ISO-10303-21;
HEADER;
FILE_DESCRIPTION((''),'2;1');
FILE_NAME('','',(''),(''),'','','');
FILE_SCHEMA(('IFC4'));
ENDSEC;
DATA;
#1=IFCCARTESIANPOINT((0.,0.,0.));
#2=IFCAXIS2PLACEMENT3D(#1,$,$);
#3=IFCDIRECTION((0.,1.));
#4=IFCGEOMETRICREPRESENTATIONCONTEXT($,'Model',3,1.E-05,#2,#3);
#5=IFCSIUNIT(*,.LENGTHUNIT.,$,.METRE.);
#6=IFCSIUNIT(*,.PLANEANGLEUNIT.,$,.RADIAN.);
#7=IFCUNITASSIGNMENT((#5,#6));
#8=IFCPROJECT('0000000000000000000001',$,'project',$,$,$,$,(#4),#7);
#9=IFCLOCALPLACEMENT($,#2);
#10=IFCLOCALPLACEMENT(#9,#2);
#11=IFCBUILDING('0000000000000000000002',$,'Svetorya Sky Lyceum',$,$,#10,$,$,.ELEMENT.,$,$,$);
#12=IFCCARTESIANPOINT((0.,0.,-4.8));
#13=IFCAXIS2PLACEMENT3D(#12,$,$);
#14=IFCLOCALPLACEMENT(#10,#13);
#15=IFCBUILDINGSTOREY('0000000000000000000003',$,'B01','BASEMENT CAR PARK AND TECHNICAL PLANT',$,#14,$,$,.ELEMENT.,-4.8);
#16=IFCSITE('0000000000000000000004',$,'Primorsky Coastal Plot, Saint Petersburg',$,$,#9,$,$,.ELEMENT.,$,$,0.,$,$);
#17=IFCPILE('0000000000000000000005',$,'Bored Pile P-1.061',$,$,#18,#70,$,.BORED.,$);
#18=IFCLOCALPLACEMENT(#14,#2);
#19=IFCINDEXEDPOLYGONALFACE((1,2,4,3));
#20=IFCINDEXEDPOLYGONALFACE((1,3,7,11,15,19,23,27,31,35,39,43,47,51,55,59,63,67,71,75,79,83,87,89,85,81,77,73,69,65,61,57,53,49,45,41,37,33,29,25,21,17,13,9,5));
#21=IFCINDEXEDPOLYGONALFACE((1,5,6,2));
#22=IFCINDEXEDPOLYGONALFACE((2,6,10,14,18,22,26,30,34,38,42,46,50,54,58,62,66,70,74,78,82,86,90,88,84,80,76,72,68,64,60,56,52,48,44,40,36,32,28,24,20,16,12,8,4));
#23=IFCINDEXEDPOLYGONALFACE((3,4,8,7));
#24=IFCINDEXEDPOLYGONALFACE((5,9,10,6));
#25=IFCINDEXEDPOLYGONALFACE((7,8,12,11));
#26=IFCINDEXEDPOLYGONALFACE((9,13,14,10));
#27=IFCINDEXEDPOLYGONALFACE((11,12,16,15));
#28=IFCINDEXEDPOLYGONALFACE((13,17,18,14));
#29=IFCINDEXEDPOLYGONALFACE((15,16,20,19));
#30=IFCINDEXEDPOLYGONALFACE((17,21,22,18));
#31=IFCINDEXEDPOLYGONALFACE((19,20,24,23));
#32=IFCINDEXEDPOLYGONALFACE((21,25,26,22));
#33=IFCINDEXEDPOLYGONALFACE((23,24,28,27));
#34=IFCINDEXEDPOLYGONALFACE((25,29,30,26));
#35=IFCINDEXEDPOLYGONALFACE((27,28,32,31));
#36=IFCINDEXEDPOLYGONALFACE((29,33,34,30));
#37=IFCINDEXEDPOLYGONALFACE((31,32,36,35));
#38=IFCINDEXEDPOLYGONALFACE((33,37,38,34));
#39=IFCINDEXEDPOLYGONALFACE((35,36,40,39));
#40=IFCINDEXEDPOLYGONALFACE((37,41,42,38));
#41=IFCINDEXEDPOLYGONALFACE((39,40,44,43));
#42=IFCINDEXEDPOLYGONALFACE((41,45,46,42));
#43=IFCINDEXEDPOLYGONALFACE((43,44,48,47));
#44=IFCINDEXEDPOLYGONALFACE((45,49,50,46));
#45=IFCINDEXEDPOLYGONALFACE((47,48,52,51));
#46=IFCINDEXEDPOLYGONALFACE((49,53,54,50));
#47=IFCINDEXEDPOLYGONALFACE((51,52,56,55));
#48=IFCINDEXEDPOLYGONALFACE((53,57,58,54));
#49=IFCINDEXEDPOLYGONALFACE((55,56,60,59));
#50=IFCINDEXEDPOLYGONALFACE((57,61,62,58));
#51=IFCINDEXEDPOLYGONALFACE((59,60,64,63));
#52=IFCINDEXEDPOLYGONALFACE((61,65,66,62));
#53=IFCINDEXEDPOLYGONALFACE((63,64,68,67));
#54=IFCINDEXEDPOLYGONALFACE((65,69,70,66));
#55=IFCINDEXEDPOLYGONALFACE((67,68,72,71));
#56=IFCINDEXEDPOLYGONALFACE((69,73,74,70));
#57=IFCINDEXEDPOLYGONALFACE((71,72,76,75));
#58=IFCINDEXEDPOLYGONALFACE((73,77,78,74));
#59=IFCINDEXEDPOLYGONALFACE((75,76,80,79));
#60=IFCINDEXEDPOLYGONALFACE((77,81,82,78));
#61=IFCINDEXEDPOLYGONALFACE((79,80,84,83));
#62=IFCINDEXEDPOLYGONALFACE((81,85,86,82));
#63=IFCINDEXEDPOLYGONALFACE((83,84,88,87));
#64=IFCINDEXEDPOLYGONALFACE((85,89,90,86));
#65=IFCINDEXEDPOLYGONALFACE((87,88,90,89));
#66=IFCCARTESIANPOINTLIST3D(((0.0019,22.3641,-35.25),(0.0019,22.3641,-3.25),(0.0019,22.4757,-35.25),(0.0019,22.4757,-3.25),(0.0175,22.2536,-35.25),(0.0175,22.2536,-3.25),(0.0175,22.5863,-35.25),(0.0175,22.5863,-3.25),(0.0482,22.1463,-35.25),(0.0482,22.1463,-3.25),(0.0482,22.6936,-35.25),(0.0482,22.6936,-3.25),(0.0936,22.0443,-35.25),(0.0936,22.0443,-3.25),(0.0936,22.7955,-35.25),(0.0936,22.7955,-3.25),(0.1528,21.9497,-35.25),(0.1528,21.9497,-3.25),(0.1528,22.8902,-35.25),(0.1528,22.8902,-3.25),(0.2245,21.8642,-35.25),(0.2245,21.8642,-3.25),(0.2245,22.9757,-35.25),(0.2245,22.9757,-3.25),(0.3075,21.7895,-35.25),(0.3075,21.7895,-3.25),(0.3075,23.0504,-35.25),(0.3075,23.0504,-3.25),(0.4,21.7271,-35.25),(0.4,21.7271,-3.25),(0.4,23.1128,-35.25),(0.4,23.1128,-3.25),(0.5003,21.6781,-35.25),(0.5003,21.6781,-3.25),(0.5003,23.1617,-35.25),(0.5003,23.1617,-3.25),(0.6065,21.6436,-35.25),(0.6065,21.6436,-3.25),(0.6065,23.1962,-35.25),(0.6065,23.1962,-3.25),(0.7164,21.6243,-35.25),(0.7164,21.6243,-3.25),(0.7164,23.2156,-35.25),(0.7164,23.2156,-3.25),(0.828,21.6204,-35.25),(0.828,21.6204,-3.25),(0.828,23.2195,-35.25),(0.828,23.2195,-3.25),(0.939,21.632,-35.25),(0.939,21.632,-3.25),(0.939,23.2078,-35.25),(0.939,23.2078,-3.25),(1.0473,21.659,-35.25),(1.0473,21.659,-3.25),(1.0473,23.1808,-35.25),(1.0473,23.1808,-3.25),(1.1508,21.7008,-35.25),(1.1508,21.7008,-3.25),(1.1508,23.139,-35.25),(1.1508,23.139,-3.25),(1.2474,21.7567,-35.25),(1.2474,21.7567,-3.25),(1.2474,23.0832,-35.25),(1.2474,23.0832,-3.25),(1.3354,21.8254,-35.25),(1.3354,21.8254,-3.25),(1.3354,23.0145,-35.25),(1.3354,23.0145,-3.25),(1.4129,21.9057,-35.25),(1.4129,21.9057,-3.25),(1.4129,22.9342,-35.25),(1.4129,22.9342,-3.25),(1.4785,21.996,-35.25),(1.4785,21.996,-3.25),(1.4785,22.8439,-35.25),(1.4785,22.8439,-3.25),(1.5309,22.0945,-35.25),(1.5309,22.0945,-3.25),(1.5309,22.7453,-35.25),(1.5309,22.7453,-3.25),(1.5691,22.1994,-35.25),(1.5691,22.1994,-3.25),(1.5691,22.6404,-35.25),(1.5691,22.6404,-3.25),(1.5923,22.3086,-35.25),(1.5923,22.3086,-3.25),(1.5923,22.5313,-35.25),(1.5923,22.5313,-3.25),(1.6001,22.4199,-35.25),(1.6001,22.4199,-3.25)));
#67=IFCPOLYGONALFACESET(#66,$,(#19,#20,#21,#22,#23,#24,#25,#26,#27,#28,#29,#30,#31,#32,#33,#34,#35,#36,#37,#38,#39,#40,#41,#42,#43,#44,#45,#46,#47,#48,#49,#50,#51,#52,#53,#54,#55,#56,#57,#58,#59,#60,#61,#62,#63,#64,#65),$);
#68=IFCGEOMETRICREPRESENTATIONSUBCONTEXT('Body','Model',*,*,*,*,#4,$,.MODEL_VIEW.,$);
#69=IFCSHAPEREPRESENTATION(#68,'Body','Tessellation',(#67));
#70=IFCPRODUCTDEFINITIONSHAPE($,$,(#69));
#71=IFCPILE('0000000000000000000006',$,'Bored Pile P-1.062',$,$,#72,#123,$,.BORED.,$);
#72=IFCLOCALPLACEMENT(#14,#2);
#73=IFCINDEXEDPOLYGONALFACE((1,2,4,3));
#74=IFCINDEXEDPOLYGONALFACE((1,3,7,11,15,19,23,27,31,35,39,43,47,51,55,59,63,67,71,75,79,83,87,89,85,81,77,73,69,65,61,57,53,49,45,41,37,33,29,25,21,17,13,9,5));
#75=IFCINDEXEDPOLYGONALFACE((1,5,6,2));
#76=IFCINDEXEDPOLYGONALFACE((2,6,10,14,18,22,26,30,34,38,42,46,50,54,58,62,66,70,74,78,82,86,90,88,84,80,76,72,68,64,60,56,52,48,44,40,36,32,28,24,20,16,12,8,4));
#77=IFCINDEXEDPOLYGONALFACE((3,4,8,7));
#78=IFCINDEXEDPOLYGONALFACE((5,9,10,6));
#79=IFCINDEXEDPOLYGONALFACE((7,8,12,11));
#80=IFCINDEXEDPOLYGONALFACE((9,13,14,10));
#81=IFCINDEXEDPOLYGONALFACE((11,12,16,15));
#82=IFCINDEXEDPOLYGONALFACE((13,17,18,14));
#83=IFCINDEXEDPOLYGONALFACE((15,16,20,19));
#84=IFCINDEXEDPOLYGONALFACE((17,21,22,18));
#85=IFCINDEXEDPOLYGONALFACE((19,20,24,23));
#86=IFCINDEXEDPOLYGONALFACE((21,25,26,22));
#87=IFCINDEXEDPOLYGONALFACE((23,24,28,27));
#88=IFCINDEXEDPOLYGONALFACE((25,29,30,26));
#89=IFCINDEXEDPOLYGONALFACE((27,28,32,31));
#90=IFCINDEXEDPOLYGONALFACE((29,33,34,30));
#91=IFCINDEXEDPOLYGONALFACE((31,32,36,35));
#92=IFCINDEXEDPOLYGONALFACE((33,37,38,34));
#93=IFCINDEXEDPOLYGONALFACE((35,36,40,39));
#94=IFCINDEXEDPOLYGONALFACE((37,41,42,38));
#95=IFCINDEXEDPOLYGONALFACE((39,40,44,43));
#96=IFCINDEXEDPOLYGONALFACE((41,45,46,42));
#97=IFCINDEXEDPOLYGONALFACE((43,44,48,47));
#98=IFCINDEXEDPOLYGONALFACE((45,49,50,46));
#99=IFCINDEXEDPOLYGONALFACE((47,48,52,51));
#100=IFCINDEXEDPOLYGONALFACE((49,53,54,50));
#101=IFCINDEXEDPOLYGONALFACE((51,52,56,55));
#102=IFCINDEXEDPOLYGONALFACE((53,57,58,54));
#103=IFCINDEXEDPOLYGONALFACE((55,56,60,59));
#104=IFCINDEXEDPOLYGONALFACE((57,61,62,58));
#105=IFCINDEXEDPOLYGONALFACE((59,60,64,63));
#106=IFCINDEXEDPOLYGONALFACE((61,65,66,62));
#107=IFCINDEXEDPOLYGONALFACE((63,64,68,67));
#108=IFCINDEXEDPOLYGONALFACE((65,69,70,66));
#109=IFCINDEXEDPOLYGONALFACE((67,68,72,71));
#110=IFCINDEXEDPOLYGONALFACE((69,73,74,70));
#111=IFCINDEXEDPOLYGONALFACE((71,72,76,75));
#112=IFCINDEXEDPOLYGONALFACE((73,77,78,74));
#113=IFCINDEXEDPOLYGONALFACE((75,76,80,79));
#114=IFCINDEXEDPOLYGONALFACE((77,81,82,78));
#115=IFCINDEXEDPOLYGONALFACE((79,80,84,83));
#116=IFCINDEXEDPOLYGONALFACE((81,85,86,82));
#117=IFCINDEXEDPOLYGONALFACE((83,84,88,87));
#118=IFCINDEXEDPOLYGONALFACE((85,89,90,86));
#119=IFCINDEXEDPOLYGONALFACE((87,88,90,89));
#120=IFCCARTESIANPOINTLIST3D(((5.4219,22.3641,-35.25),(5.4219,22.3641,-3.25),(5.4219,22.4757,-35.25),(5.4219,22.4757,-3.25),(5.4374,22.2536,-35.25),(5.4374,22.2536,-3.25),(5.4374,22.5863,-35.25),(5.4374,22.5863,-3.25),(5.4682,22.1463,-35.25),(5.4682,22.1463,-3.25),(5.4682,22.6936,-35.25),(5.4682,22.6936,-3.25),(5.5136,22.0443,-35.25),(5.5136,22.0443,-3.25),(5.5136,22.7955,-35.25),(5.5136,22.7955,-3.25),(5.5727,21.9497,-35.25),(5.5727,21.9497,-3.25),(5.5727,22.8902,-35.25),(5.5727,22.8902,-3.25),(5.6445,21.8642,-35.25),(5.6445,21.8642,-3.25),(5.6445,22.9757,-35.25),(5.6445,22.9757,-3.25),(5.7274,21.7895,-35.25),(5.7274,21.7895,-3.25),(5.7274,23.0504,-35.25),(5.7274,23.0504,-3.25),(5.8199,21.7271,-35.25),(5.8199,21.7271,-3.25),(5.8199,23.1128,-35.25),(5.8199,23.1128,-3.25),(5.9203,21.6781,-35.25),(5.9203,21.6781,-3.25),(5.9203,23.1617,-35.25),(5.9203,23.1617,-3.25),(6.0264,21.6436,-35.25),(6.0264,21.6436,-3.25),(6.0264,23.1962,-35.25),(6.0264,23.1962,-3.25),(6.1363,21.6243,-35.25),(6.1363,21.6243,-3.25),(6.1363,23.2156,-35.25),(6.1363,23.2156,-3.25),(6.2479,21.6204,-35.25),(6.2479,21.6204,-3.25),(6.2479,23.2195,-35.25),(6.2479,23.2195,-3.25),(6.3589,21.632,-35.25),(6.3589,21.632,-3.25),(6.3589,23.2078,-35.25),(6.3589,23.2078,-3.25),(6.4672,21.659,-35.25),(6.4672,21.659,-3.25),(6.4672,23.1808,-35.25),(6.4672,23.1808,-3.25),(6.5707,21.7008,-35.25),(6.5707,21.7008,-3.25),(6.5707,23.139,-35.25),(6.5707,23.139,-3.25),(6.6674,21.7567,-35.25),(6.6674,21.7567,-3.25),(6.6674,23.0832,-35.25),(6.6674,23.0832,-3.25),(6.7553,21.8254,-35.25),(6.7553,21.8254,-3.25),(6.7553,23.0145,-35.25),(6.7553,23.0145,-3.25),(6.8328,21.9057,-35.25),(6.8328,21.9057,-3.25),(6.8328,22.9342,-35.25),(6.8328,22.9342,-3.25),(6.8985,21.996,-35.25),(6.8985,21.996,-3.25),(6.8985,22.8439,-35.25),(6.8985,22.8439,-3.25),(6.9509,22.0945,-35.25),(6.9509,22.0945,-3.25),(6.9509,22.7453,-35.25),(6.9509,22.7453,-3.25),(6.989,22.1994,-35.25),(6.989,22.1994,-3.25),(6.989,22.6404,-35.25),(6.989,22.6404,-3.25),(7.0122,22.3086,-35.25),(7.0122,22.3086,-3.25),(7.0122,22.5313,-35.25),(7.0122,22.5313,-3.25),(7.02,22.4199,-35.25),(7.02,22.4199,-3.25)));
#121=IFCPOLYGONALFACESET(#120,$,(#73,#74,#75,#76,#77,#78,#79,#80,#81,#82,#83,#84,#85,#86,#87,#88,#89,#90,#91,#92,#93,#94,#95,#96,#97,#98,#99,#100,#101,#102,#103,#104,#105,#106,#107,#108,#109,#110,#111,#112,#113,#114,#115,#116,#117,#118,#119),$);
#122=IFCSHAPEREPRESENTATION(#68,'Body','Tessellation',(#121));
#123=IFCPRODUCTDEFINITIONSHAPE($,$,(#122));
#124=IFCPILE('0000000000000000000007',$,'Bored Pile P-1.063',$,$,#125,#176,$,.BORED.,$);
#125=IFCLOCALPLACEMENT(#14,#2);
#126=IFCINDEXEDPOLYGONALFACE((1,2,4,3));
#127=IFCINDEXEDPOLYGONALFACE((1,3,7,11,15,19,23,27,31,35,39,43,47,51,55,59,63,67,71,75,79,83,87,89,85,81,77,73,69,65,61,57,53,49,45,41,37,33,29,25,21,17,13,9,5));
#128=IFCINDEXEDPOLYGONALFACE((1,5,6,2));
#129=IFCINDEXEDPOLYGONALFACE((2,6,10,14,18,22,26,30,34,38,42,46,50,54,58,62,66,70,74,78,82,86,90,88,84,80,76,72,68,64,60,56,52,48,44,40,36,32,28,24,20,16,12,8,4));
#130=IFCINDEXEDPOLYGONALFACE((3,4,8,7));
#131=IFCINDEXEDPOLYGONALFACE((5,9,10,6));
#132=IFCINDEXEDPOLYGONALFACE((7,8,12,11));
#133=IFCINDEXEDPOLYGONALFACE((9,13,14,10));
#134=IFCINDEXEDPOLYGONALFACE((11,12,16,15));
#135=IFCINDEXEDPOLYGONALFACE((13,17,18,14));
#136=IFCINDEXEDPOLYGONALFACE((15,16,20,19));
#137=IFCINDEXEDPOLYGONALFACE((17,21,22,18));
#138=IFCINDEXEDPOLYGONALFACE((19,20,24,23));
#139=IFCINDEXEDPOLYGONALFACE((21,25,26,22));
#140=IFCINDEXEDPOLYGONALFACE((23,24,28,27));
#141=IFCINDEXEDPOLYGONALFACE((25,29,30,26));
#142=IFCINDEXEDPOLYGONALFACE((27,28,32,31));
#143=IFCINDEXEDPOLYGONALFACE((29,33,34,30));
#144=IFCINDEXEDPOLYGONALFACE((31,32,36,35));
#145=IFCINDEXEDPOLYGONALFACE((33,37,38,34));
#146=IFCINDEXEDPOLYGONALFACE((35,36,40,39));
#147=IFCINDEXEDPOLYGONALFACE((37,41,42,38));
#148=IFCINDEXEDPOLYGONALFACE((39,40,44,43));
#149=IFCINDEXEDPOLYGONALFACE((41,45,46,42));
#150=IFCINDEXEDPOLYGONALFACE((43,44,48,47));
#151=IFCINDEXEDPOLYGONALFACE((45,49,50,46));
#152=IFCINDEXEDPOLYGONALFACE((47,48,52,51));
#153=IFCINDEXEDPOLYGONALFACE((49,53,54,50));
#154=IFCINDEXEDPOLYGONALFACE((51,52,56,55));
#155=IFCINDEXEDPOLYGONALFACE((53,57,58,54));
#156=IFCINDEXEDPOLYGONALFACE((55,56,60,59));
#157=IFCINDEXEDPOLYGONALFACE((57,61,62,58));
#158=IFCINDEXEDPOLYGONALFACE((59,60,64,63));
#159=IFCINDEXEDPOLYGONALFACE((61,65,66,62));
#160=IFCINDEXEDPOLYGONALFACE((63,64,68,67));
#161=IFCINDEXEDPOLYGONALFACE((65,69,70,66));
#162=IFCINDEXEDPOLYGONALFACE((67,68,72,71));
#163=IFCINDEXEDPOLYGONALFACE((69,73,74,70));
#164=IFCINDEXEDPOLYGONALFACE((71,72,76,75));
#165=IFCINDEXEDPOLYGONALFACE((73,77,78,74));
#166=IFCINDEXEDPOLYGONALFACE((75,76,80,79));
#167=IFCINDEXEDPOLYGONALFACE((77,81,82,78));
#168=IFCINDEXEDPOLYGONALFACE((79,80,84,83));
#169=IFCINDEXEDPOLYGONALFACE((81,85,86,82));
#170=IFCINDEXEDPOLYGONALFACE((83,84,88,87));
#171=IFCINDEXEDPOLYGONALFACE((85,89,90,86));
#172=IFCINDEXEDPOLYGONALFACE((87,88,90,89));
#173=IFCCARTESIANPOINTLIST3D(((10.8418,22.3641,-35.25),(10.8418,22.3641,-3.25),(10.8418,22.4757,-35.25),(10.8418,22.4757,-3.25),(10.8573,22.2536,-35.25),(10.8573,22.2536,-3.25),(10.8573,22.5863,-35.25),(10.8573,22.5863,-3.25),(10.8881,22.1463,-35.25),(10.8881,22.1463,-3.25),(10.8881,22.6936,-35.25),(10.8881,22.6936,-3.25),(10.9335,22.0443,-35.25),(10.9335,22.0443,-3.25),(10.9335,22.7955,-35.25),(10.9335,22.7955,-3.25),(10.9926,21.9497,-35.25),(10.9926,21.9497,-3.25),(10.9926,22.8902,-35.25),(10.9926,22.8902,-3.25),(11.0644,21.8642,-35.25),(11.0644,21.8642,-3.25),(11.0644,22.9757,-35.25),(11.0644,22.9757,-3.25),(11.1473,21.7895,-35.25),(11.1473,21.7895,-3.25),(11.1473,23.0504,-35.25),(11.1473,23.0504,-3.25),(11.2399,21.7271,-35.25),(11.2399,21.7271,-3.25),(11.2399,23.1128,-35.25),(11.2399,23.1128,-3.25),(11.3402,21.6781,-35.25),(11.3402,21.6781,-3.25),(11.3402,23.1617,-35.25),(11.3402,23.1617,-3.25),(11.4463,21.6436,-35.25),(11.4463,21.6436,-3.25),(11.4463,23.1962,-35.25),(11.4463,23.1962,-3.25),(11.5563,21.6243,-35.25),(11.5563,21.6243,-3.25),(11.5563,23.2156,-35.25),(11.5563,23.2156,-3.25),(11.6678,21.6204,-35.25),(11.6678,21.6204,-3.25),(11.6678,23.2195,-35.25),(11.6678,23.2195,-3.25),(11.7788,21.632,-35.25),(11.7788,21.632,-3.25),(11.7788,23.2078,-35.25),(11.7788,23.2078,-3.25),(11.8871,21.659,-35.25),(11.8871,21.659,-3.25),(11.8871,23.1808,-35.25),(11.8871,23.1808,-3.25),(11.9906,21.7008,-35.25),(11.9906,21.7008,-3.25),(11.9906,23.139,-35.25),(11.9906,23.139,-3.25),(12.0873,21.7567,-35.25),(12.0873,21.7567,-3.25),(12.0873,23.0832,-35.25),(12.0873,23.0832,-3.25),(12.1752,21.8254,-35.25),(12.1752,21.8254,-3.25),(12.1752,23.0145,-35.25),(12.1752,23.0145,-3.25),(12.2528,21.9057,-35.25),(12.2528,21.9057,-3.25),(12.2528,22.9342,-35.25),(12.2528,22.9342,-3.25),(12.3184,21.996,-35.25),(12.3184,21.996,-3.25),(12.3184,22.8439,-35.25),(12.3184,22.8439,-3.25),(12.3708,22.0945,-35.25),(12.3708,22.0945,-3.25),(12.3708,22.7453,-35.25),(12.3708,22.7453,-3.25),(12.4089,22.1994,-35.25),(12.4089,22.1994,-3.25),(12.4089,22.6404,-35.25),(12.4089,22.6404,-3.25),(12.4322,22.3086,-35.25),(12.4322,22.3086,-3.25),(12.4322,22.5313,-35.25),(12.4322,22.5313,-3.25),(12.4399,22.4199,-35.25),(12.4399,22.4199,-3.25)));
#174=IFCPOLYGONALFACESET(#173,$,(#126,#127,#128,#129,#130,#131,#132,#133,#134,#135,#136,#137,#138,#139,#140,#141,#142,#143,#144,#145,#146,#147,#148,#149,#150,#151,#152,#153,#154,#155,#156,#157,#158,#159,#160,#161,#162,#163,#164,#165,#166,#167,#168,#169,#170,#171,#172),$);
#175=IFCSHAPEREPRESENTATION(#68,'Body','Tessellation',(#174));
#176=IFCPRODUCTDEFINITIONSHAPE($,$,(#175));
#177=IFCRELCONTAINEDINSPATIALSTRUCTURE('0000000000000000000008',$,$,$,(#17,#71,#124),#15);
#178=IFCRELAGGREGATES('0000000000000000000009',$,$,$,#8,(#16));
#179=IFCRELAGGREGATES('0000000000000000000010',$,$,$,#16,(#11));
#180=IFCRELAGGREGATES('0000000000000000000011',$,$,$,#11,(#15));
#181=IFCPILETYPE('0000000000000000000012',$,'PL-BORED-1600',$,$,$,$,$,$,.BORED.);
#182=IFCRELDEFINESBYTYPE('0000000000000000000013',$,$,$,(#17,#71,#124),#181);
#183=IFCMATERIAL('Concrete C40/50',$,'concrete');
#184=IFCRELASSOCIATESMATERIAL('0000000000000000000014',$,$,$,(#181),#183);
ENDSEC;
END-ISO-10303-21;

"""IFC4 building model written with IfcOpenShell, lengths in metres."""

from ifc_helpers import new_model, si_unit, direction, frame, origin, origin_2d, place, context, subcontext, project, spatial, circle, extrude, material, material_profile, profile_set, type_object, element, save


model = new_model("IFC4")

# Units and contexts
model_context = context("Model", 3, precision=1e-05, world=origin(), true_north=direction((0.0, 1.0)))
body_context = subcontext(model_context, "Body", "Model", "MODEL_VIEW")
ifc_project = project(units=[si_unit("LENGTHUNIT", "METRE"), si_unit("PLANEANGLEUNIT", "RADIAN")], contexts=[model_context])

# Site, building, storey
site_placement = place(None, origin())
site = spatial("IfcSite", under=ifc_project, at=site_placement, Name="Primorsky Coastal Plot, Saint Petersburg", CompositionType="ELEMENT", RefElevation=0.0)
building_placement = place(site_placement, origin())
building = spatial("IfcBuilding", under=site, at=building_placement, Name="Svetorya Sky Lyceum", CompositionType="ELEMENT")
storey_placement = place(building_placement, frame((0.0, 0.0, -4.8)))
storey = spatial("IfcBuildingStorey", under=building, at=storey_placement, Name="B01", Description="BASEMENT CAR PARK AND TECHNICAL PLANT", CompositionType="ELEMENT", Elevation=-4.8)

# Piles
ifc_material_1 = material(Name="Concrete C40/50", Category="concrete")
ifc_material_profile_1 = material_profile(ifc_material_1, circle(Radius=0.8, at=origin_2d()), Name="RC PILE D1600")
ifc_profile_set_1 = profile_set([ifc_material_profile_1], Name="Concrete C40/50")
pile_type = type_object("IfcPileType", Name="PL-BORED-1600", PredefinedType="BORED", material=ifc_profile_set_1)
for number, where, z_axis, x_axis, name in (
    (1, (0.8, 22.4199, -3.25), (0.0, 0.0, -1.0), (1.0, 0.0, 0.0), "Bored Pile P-1.061"),
    (2, (6.22, 22.4199, -3.25), (0.0, 0.0, -1.0), (1.0, 0.0, 0.0), "Bored Pile P-1.062"),
    (3, (11.6399, 22.4199, -3.25), (0.0, 0.0, -1.0), (1.0, 0.0, 0.0), "Bored Pile P-1.063"),
):
    element("IfcPile", number, at=place(storey_placement, frame(where, z_axis=z_axis, x_axis=x_axis)), inside=storey, type_object=pile_type, Name=name, PredefinedType="BORED", context=body_context, shape_type="SweptSolid", body=[
        extrude(circle(Radius=0.8, at=origin_2d()), origin(), (0.0, 0.0, 1.0), 32.0),
    ])

save(model, "model.ifc")
